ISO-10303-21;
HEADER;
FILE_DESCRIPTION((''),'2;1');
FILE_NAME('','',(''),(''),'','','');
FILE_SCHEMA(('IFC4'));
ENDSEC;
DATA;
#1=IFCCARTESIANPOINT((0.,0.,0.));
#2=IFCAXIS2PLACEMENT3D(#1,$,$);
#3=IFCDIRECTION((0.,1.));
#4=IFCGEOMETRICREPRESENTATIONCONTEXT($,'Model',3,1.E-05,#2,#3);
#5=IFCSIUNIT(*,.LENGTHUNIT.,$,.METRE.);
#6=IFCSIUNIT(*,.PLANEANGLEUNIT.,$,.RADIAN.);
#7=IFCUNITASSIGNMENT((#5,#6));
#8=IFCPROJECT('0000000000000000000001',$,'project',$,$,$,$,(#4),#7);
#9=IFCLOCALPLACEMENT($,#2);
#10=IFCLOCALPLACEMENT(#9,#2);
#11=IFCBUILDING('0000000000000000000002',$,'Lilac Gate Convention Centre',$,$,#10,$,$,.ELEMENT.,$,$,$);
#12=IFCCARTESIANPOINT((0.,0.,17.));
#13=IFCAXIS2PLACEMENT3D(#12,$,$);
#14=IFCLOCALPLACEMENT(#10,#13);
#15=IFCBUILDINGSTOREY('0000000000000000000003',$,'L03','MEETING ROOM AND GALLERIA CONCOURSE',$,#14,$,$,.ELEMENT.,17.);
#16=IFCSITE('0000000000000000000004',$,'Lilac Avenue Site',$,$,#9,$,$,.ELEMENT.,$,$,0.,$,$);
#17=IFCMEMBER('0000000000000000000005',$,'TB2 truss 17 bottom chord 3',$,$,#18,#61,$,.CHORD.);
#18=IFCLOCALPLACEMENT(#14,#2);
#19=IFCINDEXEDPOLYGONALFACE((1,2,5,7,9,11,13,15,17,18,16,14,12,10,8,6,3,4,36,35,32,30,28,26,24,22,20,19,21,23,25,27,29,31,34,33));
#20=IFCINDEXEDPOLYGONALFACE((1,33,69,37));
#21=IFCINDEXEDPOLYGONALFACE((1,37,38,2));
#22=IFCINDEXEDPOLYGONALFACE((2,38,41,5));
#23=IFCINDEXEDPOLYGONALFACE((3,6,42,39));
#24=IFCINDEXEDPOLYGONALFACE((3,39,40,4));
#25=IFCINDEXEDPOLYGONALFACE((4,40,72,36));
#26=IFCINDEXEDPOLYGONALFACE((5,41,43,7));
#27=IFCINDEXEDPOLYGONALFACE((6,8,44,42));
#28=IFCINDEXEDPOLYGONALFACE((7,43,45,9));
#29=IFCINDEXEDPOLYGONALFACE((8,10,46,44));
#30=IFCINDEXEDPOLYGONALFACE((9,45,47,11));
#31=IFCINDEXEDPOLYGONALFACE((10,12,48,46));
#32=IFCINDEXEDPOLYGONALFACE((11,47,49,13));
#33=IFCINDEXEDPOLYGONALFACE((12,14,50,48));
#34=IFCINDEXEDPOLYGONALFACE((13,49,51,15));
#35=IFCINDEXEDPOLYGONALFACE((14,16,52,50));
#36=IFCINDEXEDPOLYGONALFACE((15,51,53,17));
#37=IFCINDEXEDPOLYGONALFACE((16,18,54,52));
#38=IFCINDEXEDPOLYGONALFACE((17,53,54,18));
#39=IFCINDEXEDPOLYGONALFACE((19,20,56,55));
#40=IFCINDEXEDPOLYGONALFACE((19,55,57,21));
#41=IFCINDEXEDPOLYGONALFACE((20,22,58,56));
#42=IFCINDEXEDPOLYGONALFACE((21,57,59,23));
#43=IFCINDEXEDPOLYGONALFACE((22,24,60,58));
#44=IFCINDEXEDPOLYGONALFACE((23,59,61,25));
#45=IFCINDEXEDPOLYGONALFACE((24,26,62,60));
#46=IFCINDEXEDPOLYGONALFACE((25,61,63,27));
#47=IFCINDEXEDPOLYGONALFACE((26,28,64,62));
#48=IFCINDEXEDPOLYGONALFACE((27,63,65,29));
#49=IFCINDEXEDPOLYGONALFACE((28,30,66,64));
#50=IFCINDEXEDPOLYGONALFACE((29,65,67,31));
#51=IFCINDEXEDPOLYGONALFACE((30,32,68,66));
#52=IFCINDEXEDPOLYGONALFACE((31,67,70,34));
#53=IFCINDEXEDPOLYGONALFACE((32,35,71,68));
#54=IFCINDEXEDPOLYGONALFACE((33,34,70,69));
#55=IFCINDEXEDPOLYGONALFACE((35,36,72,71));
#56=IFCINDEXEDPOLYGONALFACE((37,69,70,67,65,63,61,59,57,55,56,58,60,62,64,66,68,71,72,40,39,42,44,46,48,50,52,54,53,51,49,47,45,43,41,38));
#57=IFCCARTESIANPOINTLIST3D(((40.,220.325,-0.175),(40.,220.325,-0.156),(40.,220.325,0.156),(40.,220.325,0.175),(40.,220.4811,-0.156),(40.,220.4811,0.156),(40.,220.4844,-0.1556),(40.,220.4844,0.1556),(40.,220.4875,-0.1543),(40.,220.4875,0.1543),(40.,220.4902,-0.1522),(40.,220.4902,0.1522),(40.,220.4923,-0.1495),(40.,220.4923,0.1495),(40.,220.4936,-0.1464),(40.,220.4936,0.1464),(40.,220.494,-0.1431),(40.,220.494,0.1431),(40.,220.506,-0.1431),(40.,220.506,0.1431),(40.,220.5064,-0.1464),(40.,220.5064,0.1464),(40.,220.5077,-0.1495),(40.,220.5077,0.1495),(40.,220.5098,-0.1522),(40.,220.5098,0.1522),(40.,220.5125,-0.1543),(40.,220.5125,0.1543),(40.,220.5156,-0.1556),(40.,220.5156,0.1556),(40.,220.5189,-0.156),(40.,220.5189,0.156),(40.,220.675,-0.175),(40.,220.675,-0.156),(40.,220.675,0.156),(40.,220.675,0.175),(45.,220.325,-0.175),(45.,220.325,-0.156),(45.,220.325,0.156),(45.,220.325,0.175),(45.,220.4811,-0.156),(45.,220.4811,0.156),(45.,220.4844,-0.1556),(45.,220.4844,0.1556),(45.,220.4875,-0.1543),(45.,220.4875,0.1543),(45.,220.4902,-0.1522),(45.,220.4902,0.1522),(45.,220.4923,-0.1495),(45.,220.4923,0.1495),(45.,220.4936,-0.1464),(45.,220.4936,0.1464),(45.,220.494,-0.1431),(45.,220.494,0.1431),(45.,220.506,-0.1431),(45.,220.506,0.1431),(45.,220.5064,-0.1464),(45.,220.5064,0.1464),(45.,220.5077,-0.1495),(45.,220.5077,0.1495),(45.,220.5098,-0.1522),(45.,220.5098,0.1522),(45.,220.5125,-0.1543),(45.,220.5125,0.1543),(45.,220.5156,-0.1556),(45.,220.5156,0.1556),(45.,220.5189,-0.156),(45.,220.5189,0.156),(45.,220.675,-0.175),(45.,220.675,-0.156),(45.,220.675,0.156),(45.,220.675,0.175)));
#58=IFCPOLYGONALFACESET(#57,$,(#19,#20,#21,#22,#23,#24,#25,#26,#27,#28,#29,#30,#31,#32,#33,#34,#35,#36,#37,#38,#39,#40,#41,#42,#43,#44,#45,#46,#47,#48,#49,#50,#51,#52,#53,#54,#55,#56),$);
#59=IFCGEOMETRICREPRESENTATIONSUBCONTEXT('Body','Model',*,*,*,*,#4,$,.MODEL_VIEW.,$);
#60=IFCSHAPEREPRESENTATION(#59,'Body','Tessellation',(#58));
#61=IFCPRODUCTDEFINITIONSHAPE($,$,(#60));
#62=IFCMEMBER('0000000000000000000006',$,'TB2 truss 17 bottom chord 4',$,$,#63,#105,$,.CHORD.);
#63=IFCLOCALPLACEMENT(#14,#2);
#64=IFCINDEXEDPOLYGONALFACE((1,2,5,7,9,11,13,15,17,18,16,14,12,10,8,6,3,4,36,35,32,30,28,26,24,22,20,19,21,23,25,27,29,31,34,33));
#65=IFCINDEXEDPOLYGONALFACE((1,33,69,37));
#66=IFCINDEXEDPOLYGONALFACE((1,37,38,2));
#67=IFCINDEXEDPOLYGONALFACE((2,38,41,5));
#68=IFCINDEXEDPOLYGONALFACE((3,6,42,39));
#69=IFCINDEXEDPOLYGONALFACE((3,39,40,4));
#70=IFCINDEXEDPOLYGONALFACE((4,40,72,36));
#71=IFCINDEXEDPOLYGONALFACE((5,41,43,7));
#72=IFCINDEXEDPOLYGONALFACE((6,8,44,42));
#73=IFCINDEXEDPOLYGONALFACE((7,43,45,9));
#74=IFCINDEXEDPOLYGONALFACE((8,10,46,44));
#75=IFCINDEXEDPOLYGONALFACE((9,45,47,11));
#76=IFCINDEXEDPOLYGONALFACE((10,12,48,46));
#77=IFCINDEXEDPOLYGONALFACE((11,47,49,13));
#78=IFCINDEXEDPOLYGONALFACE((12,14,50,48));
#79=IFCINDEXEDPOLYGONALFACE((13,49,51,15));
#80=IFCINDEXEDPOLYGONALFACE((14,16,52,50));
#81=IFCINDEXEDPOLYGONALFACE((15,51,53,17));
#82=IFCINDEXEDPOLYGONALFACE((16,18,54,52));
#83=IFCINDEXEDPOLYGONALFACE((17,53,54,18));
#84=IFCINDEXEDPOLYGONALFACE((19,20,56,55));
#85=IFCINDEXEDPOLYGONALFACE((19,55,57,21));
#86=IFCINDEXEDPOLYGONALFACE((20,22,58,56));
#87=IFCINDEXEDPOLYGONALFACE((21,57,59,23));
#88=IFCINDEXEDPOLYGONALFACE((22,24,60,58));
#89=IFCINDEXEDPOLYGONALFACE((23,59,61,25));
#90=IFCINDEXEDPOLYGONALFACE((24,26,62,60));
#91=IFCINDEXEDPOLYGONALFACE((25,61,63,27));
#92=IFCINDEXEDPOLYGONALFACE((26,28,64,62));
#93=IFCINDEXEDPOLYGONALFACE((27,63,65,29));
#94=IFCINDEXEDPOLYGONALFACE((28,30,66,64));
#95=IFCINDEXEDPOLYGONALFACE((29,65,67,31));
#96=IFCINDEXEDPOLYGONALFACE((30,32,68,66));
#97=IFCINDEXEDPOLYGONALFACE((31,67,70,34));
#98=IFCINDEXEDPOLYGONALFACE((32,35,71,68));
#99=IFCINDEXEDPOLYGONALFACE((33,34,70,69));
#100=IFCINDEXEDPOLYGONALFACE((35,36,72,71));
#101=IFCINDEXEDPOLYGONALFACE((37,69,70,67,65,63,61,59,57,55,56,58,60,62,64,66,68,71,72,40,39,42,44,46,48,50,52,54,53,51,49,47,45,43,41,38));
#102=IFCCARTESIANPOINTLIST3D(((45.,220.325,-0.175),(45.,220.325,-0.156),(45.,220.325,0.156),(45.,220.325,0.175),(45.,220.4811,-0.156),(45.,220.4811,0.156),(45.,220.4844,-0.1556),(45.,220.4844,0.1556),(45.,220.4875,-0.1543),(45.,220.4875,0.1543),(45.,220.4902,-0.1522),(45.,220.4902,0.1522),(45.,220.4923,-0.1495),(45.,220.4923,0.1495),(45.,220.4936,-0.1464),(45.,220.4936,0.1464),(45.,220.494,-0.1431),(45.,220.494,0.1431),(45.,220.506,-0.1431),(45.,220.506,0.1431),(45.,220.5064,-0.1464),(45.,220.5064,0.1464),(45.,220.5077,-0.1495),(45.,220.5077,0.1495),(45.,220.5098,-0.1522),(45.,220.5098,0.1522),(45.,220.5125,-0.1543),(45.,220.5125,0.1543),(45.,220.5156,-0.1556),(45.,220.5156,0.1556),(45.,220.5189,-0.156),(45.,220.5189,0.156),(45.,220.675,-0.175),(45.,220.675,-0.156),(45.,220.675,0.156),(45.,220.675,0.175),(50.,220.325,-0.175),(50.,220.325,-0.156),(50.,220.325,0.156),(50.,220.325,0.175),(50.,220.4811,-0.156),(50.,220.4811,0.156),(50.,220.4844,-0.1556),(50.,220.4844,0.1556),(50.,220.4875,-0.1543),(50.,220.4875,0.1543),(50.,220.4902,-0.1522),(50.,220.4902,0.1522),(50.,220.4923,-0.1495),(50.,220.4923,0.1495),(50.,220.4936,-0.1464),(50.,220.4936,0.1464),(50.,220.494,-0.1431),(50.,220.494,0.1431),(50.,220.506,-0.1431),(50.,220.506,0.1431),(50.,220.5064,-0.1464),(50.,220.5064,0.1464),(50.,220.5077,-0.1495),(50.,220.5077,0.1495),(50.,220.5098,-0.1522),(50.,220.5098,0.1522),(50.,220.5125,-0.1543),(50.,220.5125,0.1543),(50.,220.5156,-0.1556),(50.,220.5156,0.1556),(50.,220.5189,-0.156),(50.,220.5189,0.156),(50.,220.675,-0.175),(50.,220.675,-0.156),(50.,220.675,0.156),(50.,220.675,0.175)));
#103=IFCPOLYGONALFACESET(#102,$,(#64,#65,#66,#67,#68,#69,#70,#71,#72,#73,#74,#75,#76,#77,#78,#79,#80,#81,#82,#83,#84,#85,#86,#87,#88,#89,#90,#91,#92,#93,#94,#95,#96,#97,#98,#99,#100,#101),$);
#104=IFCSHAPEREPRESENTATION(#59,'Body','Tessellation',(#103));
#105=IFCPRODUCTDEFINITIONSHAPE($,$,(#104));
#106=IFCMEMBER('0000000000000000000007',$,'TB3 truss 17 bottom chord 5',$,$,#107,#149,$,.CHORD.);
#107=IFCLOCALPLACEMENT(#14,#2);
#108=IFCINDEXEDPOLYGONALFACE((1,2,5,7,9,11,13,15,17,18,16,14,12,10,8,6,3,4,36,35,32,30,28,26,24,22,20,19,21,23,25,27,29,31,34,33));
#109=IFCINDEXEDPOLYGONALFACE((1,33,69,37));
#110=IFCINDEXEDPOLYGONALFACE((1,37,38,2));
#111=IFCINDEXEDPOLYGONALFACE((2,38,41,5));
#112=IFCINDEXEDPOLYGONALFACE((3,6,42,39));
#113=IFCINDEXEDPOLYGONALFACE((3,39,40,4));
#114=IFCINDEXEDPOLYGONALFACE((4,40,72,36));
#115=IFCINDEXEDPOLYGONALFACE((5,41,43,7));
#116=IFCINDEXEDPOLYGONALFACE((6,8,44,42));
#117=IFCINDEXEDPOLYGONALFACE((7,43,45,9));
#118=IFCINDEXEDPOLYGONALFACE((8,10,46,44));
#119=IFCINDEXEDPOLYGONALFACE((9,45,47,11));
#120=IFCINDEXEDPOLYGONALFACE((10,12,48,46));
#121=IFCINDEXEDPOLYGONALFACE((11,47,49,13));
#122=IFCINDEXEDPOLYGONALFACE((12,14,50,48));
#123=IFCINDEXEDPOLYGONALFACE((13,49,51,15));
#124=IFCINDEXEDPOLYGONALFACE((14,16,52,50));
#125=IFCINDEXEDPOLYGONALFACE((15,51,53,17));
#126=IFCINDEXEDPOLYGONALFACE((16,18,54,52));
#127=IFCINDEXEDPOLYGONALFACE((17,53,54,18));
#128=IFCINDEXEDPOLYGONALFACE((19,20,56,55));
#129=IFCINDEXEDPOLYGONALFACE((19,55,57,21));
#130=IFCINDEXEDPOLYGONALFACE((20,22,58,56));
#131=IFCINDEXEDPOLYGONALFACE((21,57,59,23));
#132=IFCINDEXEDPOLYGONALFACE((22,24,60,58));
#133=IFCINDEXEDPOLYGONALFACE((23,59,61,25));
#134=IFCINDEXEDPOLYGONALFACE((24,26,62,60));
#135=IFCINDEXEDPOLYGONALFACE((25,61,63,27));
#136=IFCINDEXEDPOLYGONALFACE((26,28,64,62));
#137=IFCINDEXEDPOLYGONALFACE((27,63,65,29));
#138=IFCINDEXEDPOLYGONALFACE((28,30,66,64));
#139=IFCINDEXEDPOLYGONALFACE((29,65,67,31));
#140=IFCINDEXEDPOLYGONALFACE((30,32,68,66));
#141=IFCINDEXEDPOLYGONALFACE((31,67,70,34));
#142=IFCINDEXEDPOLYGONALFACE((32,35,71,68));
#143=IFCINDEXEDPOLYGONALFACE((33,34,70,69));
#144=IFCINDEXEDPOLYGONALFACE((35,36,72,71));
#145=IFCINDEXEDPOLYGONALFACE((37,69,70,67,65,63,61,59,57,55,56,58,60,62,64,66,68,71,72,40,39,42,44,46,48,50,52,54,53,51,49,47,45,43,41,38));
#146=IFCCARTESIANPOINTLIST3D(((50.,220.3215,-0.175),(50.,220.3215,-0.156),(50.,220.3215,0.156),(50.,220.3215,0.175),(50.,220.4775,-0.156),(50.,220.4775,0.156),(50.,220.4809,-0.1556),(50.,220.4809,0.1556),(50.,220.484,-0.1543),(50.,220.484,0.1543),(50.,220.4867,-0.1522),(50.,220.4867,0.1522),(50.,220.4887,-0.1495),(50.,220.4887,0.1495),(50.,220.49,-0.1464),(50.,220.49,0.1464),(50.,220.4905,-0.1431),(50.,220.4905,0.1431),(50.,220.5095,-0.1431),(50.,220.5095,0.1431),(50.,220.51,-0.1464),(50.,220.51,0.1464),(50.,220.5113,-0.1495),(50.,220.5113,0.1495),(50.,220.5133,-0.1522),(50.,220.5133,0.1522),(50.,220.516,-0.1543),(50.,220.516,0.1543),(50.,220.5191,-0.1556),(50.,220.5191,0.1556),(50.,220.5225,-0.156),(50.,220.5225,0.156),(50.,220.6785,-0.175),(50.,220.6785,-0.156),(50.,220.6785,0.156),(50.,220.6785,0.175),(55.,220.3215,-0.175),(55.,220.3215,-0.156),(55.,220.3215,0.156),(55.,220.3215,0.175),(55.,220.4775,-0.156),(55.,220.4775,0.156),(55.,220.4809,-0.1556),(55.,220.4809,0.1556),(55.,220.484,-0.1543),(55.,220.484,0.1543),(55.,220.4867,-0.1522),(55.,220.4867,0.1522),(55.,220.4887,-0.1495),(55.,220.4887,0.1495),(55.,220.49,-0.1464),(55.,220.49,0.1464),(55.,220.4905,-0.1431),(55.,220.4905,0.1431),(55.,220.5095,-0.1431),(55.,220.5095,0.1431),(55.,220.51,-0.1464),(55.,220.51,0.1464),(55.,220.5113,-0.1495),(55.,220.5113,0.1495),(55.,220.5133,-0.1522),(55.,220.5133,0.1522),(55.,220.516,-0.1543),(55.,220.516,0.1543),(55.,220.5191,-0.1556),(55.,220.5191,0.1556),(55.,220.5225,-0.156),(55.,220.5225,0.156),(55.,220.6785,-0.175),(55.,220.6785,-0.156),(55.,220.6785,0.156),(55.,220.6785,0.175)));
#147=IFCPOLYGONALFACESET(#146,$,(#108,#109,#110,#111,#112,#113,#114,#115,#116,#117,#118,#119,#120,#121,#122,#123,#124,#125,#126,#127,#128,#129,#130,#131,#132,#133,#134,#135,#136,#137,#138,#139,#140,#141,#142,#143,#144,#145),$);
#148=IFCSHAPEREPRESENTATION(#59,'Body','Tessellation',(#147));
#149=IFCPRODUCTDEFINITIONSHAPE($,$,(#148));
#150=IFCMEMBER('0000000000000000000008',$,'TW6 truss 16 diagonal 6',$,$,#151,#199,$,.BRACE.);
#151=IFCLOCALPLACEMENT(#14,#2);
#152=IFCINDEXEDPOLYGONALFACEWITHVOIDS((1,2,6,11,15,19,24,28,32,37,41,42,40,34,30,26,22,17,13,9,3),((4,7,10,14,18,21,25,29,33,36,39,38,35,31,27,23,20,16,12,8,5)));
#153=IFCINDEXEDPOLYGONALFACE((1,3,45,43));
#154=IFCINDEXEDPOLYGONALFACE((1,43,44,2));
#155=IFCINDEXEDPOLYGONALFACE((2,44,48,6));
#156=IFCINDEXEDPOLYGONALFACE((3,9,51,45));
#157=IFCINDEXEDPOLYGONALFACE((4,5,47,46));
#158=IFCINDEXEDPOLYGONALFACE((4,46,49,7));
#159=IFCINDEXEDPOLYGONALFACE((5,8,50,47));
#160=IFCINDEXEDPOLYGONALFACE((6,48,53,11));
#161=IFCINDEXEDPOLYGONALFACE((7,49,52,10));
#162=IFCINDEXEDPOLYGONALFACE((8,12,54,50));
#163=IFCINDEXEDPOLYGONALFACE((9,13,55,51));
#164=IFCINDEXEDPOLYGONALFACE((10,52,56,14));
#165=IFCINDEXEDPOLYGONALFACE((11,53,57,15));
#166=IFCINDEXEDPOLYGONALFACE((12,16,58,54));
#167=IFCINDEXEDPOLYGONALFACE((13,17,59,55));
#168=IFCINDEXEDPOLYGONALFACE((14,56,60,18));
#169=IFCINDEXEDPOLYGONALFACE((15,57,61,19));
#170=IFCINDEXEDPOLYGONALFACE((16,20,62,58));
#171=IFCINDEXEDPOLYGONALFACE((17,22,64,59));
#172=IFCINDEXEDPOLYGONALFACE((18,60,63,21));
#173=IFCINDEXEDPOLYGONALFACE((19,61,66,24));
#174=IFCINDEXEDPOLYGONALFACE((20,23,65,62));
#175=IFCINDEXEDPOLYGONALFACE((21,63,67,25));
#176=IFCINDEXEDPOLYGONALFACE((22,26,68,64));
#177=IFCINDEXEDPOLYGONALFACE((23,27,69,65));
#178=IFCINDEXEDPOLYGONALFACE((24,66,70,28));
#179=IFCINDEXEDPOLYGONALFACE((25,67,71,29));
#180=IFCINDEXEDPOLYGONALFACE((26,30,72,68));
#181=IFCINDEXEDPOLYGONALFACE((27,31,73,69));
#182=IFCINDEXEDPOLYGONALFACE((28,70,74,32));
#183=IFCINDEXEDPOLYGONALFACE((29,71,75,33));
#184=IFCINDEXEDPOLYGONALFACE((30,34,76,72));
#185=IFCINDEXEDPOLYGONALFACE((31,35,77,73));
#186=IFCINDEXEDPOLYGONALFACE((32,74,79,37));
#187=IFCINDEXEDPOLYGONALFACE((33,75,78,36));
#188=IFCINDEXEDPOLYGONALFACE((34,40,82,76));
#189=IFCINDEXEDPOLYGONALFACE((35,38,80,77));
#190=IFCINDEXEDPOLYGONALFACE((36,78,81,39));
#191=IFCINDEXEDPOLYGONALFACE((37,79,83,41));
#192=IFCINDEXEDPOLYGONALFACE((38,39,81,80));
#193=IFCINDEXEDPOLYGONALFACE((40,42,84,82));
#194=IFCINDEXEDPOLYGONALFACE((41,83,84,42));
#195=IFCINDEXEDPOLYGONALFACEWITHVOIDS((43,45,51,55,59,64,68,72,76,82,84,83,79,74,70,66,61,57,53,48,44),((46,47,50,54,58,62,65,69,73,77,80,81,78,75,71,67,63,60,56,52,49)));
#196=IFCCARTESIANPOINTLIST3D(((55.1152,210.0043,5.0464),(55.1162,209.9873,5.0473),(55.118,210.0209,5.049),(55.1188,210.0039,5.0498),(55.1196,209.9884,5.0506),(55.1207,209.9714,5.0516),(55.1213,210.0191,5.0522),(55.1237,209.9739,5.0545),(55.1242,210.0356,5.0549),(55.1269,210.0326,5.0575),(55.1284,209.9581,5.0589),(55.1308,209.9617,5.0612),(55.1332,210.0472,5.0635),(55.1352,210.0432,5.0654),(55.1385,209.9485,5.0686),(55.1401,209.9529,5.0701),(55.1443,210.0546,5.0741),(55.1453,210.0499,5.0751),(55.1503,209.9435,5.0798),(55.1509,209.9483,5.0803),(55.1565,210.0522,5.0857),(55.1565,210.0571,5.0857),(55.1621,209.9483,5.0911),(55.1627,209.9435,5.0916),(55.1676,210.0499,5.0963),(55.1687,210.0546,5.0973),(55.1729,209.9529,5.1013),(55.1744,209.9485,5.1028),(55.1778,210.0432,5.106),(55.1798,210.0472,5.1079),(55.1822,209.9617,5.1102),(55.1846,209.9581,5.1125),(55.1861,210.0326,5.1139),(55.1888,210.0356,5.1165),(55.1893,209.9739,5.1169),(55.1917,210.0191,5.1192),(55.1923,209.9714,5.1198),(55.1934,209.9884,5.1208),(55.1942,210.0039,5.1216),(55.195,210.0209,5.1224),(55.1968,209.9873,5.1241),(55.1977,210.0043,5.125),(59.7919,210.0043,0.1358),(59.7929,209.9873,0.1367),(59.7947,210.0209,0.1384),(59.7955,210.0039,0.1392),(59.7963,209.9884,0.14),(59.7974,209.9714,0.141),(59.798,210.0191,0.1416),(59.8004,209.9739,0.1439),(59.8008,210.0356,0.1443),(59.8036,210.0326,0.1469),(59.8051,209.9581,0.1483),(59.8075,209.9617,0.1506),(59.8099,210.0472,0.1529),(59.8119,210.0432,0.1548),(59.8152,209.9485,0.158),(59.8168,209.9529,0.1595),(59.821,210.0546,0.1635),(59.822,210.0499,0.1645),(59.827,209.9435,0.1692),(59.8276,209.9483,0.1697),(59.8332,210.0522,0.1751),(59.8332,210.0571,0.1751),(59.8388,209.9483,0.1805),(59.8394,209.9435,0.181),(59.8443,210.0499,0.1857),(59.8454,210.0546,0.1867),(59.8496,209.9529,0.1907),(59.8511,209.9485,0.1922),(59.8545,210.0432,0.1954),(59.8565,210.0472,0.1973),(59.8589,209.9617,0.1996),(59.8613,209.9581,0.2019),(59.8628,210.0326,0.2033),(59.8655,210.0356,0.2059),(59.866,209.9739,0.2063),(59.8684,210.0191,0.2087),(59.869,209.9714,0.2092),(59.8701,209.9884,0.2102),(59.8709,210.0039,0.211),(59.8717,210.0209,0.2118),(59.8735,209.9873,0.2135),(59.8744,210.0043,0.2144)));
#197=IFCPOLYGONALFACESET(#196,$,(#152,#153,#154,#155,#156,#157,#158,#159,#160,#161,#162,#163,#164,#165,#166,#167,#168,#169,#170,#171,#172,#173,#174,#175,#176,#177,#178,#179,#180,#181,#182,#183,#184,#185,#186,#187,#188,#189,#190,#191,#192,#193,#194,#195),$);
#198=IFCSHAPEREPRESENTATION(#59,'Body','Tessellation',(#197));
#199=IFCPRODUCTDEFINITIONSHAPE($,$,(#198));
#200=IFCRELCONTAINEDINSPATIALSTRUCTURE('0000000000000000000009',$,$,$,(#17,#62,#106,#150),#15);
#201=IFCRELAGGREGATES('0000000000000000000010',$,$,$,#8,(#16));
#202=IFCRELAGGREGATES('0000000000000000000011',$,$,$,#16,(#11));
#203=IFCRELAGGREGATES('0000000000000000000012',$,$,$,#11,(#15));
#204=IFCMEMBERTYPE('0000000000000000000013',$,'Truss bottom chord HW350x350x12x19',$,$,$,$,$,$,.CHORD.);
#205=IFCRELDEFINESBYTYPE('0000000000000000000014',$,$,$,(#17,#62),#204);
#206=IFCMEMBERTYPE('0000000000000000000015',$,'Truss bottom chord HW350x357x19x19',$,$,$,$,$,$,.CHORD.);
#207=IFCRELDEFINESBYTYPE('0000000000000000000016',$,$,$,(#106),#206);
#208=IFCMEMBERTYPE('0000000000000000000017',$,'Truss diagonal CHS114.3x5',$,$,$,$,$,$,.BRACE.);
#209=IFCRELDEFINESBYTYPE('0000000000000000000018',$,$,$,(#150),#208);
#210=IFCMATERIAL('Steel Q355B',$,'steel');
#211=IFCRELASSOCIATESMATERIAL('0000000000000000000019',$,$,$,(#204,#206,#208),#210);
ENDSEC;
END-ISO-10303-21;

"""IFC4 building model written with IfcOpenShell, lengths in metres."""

from ifc_helpers import new_model, si_unit, direction, frame, origin, origin_2d, place, context, subcontext, project, spatial, hollow_circle, i_section, extrude, material, material_profile, profile_set, type_object, element, save


model = new_model("IFC4")

# Units and contexts
model_context = context("Model", 3, precision=1e-05, world=origin(), true_north=direction((0.0, 1.0)))
body_context = subcontext(model_context, "Body", "Model", "MODEL_VIEW")
ifc_project = project(units=[si_unit("LENGTHUNIT", "METRE"), si_unit("PLANEANGLEUNIT", "RADIAN")], contexts=[model_context])

# Site, building, storey
site_placement = place(None, origin())
site = spatial("IfcSite", under=ifc_project, at=site_placement, Name="Lilac Avenue Site", CompositionType="ELEMENT", RefElevation=0.0)
building_placement = place(site_placement, origin())
building = spatial("IfcBuilding", under=site, at=building_placement, Name="Lilac Gate Convention Centre", CompositionType="ELEMENT")
storey_placement = place(building_placement, frame((0.0, 0.0, 17.0)))
storey = spatial("IfcBuildingStorey", under=building, at=storey_placement, Name="L03", Description="MEETING ROOM AND GALLERIA CONCOURSE", CompositionType="ELEMENT", Elevation=17.0)

# Members
ifc_material = material(Name="Steel Q355B", Category="steel")
ifc_material_profile_1 = material_profile(ifc_material, i_section(OverallWidth=0.3501, OverallDepth=0.3501, WebThickness=0.012, FlangeThickness=0.019, FilletRadius=0.0129, at=origin_2d()), Name="HW350x350x12x19")
ifc_profile_set_1 = profile_set([ifc_material_profile_1], Name="Steel Q355B")
member_type_1 = type_object("IfcMemberType", Name="Truss bottom chord HW350x350x12x19", PredefinedType="CHORD", material=ifc_profile_set_1)
for number, where, z_axis, x_axis, name in (
    (1, (40.0, 220.5, 0.0), (1.0, 0.0, 0.0), (0.0, 1.0, 0.0), "TB2 truss 17 bottom chord 3"),
    (2, (45.0, 220.5, 0.0), (1.0, 0.0, 0.0), (0.0, 1.0, 0.0), "TB2 truss 17 bottom chord 4"),
):
    element("IfcMember", number, at=place(storey_placement, frame(where, z_axis=z_axis, x_axis=x_axis)), inside=storey, type_object=member_type_1, Name=name, PredefinedType="CHORD", context=body_context, shape_type="SweptSolid", body=[
        extrude(i_section(OverallWidth=0.3501, OverallDepth=0.3501, WebThickness=0.012, FlangeThickness=0.019, FilletRadius=0.0129, at=origin_2d()), origin(), (0.0, 0.0, 1.0), 5.0),
    ])
ifc_material_profile_2 = material_profile(ifc_material, i_section(OverallWidth=0.3569, OverallDepth=0.3501, WebThickness=0.019, FlangeThickness=0.019, FilletRadius=0.0129, at=origin_2d()), Name="HW350x357x19x19")
ifc_profile_set_2 = profile_set([ifc_material_profile_2], Name="Steel Q355B")
member_type_2 = type_object("IfcMemberType", Name="Truss bottom chord HW350x357x19x19", PredefinedType="CHORD", material=ifc_profile_set_2)
member_1_placement = place(storey_placement, frame((50.0, 220.5, 0.0), z_axis=(1.0, 0.0, 0.0), x_axis=(0.0, 1.0, 0.0)))
element("IfcMember", 3, at=member_1_placement, inside=storey, type_object=member_type_2, Name="TB3 truss 17 bottom chord 5", PredefinedType="CHORD", context=body_context, shape_type="SweptSolid", body=[
    extrude(i_section(OverallWidth=0.3569, OverallDepth=0.3501, WebThickness=0.019, FlangeThickness=0.019, FilletRadius=0.0129, at=origin_2d()), origin(), (0.0, 0.0, 1.0), 5.0),
])
ifc_material_profile_3 = material_profile(ifc_material, hollow_circle(Radius=0.0571, WallThickness=0.0049, at=origin_2d()), Name="CHS114.3x5")
ifc_profile_set_3 = profile_set([ifc_material_profile_3], Name="Steel Q355B")
member_type_3 = type_object("IfcMemberType", Name="Truss diagonal CHS114.3x5", PredefinedType="BRACE", material=ifc_profile_set_3)
member_2_placement = place(storey_placement, frame((55.1565, 210.0, 5.0857), z_axis=(0.689652, 0.0, -0.724141), x_axis=(0.0, 1.0, 0.0)))
element("IfcMember", 4, at=member_2_placement, inside=storey, type_object=member_type_3, Name="TW6 truss 16 diagonal 6", PredefinedType="BRACE", context=body_context, shape_type="SweptSolid", body=[
    extrude(hollow_circle(Radius=0.0571, WallThickness=0.0049, at=origin_2d()), origin(), (0.0, 0.0, 1.0), 6.7812),
])

save(model, "model.ifc")
